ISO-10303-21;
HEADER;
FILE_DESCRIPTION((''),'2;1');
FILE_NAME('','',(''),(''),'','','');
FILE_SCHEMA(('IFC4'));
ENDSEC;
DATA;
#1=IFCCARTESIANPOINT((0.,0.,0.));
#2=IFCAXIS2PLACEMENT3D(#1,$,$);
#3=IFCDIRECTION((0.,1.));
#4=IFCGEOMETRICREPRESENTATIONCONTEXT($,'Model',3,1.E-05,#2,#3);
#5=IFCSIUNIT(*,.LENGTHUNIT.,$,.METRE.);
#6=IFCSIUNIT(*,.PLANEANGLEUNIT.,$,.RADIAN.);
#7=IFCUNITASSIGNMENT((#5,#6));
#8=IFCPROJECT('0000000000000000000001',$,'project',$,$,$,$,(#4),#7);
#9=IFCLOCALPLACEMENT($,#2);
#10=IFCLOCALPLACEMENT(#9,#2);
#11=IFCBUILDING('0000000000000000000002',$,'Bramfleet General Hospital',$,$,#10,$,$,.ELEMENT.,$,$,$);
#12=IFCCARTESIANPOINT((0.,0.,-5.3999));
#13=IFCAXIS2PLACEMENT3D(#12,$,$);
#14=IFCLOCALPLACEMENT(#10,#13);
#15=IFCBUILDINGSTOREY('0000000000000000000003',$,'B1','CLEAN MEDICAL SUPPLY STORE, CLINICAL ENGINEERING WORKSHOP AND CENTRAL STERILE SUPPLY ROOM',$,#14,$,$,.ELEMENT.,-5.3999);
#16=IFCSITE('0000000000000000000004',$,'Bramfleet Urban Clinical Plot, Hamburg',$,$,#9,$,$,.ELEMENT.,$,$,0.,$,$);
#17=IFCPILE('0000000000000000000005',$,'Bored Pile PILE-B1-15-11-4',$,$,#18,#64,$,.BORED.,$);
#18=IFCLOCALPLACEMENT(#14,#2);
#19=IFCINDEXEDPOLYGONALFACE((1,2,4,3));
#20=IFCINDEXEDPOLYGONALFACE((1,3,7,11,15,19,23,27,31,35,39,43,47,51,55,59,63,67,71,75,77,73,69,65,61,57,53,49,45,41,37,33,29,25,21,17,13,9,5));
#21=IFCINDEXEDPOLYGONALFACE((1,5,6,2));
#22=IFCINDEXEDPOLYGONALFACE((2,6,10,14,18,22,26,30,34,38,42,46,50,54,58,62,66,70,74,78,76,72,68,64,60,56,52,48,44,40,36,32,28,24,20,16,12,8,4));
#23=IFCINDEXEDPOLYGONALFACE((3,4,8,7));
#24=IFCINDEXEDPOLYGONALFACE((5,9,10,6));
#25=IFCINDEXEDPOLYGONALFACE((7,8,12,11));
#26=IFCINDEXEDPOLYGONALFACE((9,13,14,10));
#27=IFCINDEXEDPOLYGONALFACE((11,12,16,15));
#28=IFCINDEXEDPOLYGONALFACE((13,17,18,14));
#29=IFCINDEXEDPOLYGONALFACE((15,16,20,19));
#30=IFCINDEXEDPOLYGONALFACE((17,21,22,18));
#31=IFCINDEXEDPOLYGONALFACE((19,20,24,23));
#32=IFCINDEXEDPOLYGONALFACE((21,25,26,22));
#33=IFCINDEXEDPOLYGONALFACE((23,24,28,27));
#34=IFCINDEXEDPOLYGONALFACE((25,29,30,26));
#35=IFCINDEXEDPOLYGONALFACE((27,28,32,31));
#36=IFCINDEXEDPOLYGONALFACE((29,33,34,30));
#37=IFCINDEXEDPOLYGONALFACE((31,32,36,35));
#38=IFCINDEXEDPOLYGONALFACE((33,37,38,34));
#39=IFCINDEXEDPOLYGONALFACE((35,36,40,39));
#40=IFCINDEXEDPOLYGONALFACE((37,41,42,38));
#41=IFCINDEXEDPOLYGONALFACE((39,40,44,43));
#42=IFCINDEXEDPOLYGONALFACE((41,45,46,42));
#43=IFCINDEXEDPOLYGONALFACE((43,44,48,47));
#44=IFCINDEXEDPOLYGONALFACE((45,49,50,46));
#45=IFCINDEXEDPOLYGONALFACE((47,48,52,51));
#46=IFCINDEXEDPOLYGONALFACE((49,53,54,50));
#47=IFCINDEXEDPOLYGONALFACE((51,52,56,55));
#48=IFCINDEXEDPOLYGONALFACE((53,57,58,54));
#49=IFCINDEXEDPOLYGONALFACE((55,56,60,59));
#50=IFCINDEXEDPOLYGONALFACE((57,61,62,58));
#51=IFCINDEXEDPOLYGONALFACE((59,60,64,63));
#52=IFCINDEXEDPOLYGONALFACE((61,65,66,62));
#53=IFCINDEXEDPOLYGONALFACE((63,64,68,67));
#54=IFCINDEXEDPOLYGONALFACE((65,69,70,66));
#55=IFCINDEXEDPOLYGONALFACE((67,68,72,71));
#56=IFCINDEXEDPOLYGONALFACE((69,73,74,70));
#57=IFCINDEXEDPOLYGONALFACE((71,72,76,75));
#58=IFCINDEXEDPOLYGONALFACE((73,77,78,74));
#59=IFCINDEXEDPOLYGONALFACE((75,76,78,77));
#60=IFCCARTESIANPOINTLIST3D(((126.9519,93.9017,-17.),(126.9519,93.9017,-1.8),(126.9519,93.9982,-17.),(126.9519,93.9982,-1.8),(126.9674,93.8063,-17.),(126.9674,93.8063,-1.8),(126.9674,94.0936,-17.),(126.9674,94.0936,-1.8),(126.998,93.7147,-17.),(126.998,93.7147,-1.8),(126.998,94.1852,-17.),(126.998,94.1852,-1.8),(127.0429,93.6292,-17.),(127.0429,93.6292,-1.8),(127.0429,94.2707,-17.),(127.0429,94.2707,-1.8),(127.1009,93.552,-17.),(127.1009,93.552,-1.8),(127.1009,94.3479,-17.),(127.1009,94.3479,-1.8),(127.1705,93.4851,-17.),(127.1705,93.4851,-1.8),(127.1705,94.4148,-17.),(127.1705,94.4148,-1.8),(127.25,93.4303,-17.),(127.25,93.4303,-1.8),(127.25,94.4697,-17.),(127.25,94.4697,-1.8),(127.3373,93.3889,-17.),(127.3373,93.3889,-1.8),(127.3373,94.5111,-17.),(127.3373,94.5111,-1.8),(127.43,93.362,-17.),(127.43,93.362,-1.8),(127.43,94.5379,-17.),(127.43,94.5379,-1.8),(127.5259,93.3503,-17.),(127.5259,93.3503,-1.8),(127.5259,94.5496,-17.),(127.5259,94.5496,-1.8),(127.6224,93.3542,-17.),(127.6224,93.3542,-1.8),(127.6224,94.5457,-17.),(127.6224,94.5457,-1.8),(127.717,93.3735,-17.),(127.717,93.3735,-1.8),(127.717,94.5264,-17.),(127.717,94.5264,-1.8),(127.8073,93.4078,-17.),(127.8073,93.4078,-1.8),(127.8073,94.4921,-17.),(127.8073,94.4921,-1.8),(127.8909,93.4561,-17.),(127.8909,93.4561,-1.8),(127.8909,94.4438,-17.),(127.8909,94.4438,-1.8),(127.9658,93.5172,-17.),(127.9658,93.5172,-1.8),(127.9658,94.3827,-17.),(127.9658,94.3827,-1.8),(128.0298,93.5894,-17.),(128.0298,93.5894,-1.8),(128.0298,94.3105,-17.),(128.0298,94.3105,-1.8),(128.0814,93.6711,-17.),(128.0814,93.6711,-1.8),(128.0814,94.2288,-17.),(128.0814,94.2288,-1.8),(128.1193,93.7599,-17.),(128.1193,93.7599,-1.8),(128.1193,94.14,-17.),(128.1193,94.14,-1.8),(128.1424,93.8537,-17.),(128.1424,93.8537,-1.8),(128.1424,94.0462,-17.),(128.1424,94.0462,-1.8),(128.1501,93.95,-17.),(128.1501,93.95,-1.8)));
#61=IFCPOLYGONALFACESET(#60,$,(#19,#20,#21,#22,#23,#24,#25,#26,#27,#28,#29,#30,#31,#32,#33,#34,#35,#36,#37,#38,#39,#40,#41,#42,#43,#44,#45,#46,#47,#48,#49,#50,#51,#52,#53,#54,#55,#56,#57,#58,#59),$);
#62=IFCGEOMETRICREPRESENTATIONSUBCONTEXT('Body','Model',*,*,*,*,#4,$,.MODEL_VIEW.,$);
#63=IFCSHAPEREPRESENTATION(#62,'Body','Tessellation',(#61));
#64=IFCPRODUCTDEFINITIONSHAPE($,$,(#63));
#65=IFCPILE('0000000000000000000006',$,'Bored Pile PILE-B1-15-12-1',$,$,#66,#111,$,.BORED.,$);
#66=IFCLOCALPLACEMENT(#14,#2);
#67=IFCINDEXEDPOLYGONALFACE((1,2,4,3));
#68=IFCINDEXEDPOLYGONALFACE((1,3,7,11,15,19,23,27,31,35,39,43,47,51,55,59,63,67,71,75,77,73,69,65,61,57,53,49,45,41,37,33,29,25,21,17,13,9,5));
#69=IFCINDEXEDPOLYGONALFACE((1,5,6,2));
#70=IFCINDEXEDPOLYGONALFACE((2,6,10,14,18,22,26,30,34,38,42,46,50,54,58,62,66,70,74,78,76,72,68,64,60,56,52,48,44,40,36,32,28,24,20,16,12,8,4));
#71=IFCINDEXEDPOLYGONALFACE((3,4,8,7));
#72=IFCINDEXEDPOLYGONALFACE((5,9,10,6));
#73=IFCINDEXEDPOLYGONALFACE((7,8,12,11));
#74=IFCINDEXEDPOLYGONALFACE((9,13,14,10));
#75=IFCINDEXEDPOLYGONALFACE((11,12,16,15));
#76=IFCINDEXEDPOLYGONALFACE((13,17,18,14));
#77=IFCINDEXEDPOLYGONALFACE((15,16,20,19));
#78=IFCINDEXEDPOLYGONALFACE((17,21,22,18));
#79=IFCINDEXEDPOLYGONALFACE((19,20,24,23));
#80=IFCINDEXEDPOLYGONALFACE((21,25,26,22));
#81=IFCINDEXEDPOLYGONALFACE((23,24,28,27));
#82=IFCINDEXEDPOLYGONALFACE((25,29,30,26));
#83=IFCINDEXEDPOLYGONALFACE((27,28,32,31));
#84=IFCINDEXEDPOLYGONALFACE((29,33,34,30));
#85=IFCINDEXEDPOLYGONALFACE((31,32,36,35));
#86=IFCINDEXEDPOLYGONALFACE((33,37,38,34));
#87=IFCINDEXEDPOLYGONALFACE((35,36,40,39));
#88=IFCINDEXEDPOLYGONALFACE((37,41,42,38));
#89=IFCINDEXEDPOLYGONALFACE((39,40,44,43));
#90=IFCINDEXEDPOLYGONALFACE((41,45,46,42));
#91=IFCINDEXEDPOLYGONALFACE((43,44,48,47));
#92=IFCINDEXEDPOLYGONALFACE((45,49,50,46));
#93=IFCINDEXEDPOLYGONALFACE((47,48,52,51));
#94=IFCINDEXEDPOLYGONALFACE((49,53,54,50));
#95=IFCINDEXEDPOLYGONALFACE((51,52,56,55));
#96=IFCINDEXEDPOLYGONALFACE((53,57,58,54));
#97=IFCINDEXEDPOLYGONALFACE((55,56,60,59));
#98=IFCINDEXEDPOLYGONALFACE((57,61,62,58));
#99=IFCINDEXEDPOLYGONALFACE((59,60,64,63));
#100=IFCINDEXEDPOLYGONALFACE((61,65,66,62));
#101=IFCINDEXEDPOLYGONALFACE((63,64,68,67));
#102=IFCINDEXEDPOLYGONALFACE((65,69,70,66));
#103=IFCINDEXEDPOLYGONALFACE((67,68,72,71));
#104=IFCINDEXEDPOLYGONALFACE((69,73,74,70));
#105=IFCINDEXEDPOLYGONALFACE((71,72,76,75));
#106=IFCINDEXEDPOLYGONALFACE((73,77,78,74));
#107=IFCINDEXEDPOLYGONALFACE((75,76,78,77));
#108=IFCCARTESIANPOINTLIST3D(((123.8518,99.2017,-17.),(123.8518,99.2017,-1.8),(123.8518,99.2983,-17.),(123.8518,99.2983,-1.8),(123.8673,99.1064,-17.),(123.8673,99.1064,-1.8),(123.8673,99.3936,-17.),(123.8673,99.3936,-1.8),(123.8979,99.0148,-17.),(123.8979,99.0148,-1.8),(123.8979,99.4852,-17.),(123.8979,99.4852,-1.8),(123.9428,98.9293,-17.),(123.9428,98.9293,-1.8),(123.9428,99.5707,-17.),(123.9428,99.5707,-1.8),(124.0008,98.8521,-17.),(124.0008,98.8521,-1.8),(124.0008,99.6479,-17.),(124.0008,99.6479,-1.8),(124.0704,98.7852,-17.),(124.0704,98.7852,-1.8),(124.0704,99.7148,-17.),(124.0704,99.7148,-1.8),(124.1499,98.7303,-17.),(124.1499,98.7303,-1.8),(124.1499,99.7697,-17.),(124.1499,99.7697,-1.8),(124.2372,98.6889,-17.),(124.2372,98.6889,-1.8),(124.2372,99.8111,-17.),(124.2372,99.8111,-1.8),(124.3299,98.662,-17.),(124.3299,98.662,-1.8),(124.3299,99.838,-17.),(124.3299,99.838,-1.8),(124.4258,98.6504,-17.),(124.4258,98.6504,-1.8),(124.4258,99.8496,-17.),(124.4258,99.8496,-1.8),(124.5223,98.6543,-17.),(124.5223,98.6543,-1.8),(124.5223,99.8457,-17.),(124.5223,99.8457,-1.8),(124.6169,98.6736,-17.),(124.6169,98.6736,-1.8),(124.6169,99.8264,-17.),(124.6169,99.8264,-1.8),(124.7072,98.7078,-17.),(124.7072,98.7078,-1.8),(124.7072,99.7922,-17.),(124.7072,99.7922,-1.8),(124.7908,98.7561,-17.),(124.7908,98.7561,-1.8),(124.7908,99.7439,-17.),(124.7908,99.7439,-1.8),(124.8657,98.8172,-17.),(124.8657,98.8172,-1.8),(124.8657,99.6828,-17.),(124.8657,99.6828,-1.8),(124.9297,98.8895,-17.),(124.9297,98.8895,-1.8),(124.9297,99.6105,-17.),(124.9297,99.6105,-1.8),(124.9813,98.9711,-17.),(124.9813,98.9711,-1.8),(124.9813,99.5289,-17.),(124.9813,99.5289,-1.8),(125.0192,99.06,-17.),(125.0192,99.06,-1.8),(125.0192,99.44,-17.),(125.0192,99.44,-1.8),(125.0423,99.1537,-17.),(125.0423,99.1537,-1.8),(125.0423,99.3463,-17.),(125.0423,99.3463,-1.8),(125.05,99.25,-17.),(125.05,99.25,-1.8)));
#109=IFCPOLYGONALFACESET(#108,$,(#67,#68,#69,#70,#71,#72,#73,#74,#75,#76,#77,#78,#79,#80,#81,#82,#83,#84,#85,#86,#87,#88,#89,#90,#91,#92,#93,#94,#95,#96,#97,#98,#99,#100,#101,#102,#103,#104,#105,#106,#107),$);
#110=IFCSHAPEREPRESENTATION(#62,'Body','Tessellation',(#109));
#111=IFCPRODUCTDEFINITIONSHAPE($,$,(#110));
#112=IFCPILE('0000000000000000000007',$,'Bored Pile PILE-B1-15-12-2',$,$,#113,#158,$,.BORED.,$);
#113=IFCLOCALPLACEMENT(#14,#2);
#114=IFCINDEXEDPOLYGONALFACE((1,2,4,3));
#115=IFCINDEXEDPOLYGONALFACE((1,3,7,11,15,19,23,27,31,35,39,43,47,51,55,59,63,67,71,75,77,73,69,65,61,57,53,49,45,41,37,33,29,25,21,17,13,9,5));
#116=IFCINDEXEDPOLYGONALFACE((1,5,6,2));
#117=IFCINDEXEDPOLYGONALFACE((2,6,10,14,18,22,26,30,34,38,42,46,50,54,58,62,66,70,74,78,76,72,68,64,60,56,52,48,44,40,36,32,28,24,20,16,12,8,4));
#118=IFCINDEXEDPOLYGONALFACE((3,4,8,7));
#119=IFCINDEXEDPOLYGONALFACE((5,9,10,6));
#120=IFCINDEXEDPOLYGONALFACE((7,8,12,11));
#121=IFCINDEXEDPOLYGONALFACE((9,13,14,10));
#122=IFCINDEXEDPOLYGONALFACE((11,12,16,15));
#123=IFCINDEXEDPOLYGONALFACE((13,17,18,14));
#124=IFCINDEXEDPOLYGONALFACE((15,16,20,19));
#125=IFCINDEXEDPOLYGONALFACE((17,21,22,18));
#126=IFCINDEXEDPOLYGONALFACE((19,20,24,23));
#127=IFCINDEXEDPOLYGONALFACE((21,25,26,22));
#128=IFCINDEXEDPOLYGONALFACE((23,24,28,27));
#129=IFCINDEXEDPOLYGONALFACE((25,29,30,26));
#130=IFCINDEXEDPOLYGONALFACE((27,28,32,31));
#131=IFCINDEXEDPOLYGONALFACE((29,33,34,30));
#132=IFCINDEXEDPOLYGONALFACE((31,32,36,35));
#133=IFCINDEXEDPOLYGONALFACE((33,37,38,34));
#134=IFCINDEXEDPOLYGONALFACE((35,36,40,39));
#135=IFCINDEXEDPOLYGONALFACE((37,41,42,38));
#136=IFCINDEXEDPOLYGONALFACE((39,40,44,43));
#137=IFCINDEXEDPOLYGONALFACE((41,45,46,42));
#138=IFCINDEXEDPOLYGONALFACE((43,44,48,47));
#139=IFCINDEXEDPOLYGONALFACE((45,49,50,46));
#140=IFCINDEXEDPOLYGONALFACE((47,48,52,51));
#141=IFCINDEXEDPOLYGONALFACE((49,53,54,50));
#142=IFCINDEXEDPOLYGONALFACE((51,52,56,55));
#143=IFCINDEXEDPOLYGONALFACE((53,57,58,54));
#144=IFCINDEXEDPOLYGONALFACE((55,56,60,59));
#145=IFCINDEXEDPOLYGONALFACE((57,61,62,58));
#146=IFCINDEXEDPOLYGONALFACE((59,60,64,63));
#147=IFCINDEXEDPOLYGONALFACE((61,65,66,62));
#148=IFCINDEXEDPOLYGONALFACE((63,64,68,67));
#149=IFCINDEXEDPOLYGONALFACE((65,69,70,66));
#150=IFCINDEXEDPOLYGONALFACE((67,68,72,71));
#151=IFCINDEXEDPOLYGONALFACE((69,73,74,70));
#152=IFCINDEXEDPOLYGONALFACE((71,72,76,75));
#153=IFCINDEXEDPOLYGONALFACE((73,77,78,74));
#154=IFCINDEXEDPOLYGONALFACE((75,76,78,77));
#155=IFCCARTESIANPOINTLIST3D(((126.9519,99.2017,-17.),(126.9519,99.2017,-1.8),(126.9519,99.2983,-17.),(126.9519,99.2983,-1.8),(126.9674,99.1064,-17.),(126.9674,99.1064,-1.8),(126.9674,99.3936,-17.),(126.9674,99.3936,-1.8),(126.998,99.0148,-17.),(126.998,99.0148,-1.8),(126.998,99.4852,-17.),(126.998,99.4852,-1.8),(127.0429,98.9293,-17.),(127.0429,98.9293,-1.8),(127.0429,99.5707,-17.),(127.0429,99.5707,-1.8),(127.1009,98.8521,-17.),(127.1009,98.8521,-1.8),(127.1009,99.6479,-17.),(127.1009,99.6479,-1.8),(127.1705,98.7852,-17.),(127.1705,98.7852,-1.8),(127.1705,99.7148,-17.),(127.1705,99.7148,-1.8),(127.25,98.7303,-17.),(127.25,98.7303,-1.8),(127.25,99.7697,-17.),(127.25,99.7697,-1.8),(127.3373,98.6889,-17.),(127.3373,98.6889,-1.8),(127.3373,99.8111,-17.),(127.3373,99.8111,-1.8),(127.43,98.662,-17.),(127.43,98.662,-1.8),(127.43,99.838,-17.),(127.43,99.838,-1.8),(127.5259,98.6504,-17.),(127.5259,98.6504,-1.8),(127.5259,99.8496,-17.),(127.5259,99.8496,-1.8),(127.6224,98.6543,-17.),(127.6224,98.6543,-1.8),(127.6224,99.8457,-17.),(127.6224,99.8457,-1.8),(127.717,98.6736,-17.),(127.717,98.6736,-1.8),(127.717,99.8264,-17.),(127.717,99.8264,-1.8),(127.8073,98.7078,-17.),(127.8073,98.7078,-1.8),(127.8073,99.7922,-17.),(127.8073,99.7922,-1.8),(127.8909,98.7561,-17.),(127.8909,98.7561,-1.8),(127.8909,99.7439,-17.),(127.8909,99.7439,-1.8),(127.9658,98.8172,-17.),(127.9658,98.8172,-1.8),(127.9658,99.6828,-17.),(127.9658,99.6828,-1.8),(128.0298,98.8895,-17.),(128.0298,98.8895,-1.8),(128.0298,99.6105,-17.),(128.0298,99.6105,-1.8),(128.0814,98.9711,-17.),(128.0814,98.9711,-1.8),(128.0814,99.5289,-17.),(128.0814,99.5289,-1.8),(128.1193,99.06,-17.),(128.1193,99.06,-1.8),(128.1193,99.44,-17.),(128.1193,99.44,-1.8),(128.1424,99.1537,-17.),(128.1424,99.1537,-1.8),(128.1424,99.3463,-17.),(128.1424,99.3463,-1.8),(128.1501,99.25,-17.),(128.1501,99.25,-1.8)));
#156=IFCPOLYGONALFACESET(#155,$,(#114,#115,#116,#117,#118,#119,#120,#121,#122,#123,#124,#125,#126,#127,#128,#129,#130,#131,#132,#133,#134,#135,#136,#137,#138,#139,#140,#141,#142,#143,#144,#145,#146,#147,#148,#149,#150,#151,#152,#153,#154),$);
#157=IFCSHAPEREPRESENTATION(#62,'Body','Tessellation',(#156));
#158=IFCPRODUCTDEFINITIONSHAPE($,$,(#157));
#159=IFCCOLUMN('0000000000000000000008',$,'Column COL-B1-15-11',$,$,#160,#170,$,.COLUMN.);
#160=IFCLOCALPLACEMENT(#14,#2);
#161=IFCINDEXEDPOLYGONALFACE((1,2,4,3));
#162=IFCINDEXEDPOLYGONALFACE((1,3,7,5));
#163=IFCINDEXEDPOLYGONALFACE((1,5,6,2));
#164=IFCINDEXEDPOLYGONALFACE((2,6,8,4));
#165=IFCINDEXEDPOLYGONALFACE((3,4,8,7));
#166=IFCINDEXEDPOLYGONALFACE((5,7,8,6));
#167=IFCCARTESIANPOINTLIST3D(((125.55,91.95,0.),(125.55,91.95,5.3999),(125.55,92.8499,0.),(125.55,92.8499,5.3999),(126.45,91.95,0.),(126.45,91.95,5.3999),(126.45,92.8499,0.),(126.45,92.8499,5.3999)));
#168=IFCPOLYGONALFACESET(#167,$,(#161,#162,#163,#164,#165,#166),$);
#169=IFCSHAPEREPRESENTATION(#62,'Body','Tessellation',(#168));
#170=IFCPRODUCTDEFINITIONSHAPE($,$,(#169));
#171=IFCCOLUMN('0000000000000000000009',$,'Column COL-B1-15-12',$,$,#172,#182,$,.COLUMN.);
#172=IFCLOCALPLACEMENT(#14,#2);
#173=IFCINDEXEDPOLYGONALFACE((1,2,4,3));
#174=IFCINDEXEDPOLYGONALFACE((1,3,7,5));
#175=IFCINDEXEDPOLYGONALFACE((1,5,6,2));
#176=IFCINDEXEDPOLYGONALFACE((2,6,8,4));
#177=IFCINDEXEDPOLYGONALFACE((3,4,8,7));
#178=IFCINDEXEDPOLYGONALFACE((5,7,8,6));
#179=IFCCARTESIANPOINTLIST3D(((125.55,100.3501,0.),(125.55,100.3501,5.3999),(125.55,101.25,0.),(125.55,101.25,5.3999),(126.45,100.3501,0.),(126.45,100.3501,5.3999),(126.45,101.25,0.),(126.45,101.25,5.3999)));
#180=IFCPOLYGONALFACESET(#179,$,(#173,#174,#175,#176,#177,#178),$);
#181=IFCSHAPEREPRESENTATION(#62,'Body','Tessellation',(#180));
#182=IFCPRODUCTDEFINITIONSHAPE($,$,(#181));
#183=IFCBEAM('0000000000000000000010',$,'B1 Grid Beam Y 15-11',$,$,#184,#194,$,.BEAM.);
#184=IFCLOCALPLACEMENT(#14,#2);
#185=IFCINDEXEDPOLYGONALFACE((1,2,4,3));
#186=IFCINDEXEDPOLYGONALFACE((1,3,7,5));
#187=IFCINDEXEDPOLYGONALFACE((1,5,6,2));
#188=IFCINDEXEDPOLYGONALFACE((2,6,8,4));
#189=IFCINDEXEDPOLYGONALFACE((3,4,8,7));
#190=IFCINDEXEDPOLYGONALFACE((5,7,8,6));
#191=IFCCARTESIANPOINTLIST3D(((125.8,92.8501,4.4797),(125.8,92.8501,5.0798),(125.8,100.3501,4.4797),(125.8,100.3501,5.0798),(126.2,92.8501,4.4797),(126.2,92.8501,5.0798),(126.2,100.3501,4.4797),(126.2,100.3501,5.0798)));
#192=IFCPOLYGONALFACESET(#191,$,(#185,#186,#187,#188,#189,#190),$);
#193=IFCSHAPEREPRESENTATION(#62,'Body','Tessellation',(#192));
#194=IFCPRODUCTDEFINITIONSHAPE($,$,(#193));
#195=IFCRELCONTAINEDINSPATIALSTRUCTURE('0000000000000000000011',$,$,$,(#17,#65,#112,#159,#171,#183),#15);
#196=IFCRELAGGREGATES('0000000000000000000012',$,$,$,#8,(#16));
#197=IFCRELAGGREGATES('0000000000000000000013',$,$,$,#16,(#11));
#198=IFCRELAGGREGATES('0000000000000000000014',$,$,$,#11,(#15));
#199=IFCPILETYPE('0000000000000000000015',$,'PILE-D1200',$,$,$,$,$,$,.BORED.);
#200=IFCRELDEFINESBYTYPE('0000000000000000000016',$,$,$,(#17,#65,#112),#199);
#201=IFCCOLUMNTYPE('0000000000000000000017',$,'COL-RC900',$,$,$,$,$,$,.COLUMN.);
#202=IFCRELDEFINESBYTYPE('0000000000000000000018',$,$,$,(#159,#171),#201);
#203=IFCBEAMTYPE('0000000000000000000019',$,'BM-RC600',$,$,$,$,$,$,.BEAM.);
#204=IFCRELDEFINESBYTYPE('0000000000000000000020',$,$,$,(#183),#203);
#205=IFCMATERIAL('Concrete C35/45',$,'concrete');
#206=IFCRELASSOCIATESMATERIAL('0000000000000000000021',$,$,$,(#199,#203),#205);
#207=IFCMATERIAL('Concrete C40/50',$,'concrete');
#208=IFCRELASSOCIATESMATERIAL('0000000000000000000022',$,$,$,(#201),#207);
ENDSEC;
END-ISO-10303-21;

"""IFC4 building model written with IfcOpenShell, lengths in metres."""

from ifc_helpers import new_model, si_unit, direction, frame, origin, origin_2d, place, context, subcontext, project, spatial, rectangle, circle, extrude, material, material_profile, profile_set, type_object, element, save


model = new_model("IFC4")

# Units and contexts
model_context = context("Model", 3, precision=1e-05, world=origin(), true_north=direction((0.0, 1.0)))
body_context = subcontext(model_context, "Body", "Model", "MODEL_VIEW")
ifc_project = project(units=[si_unit("LENGTHUNIT", "METRE"), si_unit("PLANEANGLEUNIT", "RADIAN")], contexts=[model_context])

# Site, building, storey
site_placement = place(None, origin())
site = spatial("IfcSite", under=ifc_project, at=site_placement, Name="Bramfleet Urban Clinical Plot, Hamburg", CompositionType="ELEMENT", RefElevation=0.0)
building_placement = place(site_placement, origin())
building = spatial("IfcBuilding", under=site, at=building_placement, Name="Bramfleet General Hospital", CompositionType="ELEMENT")
storey_placement = place(building_placement, frame((0.0, 0.0, -5.3999)))
storey = spatial("IfcBuildingStorey", under=building, at=storey_placement, Name="B1", Description="CLEAN MEDICAL SUPPLY STORE, CLINICAL ENGINEERING WORKSHOP AND CENTRAL STERILE SUPPLY ROOM", CompositionType="ELEMENT", Elevation=-5.3999)

# Shared definitions
ifc_material_1 = material(Name="Concrete C35/45", Category="concrete")

# Piles
ifc_material_profile_1 = material_profile(ifc_material_1, circle(Radius=0.6001, at=origin_2d()), Name="PILE BORED D1200")
ifc_profile_set_1 = profile_set([ifc_material_profile_1], Name="Concrete C35/45")
pile_type = type_object("IfcPileType", Name="PILE-D1200", PredefinedType="BORED", material=ifc_profile_set_1)
for number, where, z_axis, x_axis, name in (
    (1, (127.55, 93.95, -1.8), (0.0, 0.0, -1.0), (1.0, 0.0, 0.0), "Bored Pile PILE-B1-15-11-4"),
    (2, (124.45, 99.25, -1.8), (0.0, 0.0, -1.0), (1.0, 0.0, 0.0), "Bored Pile PILE-B1-15-12-1"),
    (3, (127.55, 99.25, -1.8), (0.0, 0.0, -1.0), (1.0, 0.0, 0.0), "Bored Pile PILE-B1-15-12-2"),
):
    element("IfcPile", number, at=place(storey_placement, frame(where, z_axis=z_axis, x_axis=x_axis)), inside=storey, type_object=pile_type, Name=name, PredefinedType="BORED", context=body_context, shape_type="SweptSolid", body=[
        extrude(circle(Radius=0.6001, at=origin_2d()), origin(), (0.0, 0.0, 1.0), 15.2),
    ])

# Columns
ifc_material_2 = material(Name="Concrete C40/50", Category="concrete")
ifc_material_profile_2 = material_profile(ifc_material_2, rectangle(XDim=0.8999, YDim=0.8999, at=origin_2d()), Name="RC COL 900x900")
ifc_profile_set_2 = profile_set([ifc_material_profile_2], Name="Concrete C40/50")
column_type = type_object("IfcColumnType", Name="COL-RC900", PredefinedType="COLUMN", material=ifc_profile_set_2)
for number, where, z_axis, x_axis, name in (
    (4, (126.0, 92.3999, 0.0), (0.0, 0.0, 1.0), (1.0, 0.0, 0.0), "Column COL-B1-15-11"),
    (5, (126.0, 100.8, 0.0), (0.0, 0.0, 1.0), (1.0, 0.0, 0.0), "Column COL-B1-15-12"),
):
    element("IfcColumn", number, at=place(storey_placement, frame(where, z_axis=z_axis, x_axis=x_axis)), inside=storey, type_object=column_type, Name=name, PredefinedType="COLUMN", context=body_context, shape_type="SweptSolid", body=[
        extrude(rectangle(XDim=0.8999, YDim=0.8999, at=origin_2d()), origin(), (0.0, 0.0, 1.0), 5.3999),
    ])

# Beam
ifc_material_profile_3 = material_profile(ifc_material_1, rectangle(XDim=0.3999, YDim=0.6001, at=origin_2d()), Name="RC BM 600x400")
ifc_profile_set_3 = profile_set([ifc_material_profile_3], Name="Concrete C35/45")
beam_type_1 = type_object("IfcBeamType", Name="BM-RC600", PredefinedType="BEAM", material=ifc_profile_set_3)
beam_placement = place(storey_placement, frame((126.0, 92.8501, 4.7798), z_axis=(0.0, 1.0, 0.0), x_axis=(-1.0, 0.0, 0.0)))
element("IfcBeam", 6, at=beam_placement, inside=storey, type_object=beam_type_1, Name="B1 Grid Beam Y 15-11", PredefinedType="BEAM", context=body_context, shape_type="SweptSolid", body=[
    extrude(rectangle(XDim=0.3999, YDim=0.6001, at=origin_2d()), origin(), (0.0, 0.0, 1.0), 7.5),
])

save(model, "model.ifc")
